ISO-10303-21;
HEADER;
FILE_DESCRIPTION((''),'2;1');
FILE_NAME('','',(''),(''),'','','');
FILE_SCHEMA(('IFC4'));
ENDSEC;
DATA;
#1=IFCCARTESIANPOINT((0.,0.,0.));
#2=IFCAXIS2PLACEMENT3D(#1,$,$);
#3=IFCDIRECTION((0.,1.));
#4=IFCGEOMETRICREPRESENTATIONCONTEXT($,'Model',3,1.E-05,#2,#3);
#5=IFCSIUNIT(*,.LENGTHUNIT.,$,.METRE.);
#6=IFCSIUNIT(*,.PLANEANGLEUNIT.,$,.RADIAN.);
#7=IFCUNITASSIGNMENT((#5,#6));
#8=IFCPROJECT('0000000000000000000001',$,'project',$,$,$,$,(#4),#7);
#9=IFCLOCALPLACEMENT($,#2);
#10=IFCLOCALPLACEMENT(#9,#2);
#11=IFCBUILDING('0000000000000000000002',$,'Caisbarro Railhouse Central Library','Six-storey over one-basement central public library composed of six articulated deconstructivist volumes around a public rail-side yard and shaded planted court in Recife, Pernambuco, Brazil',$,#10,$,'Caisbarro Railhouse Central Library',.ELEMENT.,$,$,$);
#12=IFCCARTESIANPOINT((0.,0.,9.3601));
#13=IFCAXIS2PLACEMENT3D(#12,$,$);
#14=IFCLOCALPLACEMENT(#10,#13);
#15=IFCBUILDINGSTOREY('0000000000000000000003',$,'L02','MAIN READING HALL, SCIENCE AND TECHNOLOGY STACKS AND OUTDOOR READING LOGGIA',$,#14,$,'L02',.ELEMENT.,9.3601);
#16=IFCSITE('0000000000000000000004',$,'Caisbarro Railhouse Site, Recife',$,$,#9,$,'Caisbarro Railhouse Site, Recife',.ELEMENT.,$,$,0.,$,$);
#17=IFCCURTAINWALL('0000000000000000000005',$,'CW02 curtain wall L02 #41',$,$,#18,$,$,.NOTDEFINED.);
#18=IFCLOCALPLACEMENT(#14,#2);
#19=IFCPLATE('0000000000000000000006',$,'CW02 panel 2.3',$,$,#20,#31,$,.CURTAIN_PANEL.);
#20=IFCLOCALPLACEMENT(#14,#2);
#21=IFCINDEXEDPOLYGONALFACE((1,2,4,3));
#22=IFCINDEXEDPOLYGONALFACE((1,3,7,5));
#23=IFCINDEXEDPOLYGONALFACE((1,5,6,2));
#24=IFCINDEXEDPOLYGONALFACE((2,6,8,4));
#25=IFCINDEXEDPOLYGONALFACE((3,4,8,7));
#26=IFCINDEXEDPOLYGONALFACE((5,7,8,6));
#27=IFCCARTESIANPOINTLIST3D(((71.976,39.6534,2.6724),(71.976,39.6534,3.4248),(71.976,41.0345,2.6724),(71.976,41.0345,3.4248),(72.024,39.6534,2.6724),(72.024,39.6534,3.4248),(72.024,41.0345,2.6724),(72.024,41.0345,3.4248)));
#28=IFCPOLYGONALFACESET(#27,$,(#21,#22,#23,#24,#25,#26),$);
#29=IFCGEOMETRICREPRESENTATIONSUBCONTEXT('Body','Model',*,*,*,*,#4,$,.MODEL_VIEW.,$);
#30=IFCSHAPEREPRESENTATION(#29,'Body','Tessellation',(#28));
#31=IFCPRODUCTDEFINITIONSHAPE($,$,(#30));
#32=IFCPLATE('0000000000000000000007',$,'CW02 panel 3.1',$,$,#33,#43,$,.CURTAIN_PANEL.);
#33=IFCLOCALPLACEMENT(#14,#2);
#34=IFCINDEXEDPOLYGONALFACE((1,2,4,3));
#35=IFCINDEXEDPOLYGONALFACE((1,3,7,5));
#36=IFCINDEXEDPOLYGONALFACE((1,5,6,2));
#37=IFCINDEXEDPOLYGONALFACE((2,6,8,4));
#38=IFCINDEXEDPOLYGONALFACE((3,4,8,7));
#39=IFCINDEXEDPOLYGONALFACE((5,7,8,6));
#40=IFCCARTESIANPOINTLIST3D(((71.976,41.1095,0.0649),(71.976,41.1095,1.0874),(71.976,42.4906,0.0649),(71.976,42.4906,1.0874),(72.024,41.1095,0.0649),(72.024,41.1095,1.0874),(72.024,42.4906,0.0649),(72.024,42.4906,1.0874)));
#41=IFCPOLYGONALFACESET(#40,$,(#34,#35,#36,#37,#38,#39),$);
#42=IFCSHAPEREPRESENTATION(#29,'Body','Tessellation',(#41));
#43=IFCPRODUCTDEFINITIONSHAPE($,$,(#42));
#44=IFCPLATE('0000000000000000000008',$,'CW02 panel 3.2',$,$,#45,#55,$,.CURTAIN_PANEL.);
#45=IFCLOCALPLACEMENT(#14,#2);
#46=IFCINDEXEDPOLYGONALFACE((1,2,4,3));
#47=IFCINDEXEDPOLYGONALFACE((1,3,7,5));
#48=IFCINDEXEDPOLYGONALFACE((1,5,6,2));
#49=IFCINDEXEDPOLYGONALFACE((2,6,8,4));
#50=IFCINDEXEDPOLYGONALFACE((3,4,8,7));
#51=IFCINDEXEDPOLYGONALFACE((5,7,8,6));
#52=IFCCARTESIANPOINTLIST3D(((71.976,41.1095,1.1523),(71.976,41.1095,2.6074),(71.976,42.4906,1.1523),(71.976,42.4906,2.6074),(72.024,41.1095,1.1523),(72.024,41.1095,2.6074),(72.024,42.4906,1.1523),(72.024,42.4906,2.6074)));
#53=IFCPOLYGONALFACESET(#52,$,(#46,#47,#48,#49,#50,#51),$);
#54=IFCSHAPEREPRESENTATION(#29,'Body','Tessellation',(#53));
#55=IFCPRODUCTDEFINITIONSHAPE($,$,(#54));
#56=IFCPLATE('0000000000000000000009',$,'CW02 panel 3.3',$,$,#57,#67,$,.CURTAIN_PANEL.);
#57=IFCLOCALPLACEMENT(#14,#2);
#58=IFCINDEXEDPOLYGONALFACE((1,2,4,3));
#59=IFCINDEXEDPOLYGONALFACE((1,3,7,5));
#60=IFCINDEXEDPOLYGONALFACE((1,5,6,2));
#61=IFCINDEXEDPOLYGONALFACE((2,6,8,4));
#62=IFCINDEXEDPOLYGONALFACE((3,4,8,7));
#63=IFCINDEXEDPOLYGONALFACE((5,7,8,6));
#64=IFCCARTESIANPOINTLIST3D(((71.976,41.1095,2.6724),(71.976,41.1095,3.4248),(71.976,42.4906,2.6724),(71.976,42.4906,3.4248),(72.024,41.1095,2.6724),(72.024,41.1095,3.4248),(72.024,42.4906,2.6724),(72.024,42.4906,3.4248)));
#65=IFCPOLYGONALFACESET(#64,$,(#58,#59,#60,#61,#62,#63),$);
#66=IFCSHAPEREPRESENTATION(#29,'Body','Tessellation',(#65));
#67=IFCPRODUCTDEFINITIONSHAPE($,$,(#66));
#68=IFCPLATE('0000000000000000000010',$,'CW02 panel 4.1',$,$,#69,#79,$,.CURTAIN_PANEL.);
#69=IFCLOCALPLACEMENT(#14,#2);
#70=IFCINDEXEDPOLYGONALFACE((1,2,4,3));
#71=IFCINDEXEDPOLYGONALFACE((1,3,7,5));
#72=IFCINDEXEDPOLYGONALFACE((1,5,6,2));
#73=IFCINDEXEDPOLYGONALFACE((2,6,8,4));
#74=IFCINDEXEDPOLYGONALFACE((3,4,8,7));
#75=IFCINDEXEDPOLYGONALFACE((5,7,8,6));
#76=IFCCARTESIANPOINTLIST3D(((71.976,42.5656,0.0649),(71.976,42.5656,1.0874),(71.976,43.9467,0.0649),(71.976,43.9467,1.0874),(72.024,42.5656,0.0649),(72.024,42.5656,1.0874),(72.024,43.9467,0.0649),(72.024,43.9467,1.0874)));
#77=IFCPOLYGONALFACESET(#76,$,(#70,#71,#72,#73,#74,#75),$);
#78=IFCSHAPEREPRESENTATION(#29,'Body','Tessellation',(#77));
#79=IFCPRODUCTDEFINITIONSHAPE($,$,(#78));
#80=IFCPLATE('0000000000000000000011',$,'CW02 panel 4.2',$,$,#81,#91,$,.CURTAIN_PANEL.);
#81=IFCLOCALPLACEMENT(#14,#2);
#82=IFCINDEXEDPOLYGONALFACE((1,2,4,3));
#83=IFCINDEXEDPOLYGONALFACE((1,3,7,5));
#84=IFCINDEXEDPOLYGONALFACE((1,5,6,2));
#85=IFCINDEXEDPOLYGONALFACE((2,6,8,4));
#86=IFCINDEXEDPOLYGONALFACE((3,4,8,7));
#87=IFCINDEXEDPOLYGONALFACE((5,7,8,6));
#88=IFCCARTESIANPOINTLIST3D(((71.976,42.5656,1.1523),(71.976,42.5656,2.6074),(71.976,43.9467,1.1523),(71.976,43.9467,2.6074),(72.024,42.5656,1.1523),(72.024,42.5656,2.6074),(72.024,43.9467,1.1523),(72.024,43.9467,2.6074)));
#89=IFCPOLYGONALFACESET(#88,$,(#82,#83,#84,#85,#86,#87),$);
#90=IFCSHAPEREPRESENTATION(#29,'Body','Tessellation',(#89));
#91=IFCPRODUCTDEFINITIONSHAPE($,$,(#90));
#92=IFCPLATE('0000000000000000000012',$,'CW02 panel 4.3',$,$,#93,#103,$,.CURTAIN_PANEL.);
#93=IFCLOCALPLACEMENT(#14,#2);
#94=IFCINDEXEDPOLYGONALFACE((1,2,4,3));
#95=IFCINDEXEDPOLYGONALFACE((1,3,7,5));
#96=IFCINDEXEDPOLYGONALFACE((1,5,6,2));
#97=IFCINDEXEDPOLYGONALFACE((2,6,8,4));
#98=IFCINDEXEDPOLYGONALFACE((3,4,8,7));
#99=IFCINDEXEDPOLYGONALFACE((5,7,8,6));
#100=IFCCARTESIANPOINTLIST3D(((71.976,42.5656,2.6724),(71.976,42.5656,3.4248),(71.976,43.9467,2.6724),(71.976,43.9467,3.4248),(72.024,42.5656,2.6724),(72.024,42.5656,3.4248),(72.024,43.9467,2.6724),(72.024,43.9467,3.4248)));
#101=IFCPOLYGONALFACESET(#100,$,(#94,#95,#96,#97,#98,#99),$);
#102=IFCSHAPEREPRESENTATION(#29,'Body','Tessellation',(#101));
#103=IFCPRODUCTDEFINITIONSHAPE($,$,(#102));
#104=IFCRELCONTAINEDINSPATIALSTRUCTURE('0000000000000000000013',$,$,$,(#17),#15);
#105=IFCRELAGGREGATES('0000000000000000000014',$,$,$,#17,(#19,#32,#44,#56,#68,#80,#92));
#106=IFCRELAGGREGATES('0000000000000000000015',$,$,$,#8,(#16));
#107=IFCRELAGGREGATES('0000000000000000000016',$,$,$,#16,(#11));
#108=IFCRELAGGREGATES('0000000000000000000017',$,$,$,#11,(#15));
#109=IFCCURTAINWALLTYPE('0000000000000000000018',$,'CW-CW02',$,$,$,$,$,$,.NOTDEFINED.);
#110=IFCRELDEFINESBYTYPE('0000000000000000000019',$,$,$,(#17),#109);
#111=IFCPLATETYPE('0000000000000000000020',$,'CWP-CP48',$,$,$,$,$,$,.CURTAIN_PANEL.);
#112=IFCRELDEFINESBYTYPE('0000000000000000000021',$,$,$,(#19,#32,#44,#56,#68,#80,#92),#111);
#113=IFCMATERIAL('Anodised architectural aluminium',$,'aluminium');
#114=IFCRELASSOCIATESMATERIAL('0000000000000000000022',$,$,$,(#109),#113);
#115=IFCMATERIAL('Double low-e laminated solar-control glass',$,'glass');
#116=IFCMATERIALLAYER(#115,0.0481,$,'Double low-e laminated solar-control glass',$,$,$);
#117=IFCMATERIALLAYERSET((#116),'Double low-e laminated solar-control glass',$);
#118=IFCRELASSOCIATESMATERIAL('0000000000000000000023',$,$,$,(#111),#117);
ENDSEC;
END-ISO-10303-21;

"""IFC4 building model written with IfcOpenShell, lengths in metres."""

from ifc_helpers import new_model, si_unit, direction, frame, origin, origin_2d, place, context, subcontext, project, spatial, rectangle, extrude, material, layer, layer_set, type_object, element, aggregate, save


model = new_model("IFC4")

# Units and contexts
model_context = context("Model", 3, precision=1e-05, world=origin(), true_north=direction((0.0, 1.0)))
body_context = subcontext(model_context, "Body", "Model", "MODEL_VIEW")
ifc_project = project(units=[si_unit("LENGTHUNIT", "METRE"), si_unit("PLANEANGLEUNIT", "RADIAN")], contexts=[model_context])

# Site, building, storey
site_placement = place(None, origin())
site = spatial("IfcSite", under=ifc_project, at=site_placement, Name="Caisbarro Railhouse Site, Recife", LongName="Caisbarro Railhouse Site, Recife", CompositionType="ELEMENT", RefElevation=0.0)
building_placement = place(site_placement, origin())
building = spatial("IfcBuilding", under=site, at=building_placement, Name="Caisbarro Railhouse Central Library", Description="Six-storey over one-basement central public library composed of six articulated deconstructivist volumes around a public rail-side yard and shaded planted court in Recife, Pernambuco, Brazil", LongName="Caisbarro Railhouse Central Library", CompositionType="ELEMENT")
storey_placement = place(building_placement, frame((0.0, 0.0, 9.3601)))
storey = spatial("IfcBuildingStorey", under=building, at=storey_placement, Name="L02", Description="MAIN READING HALL, SCIENCE AND TECHNOLOGY STACKS AND OUTDOOR READING LOGGIA", LongName="L02", CompositionType="ELEMENT", Elevation=9.3601)

# Curtain wall, plates
ifc_material_1 = material(Name="Anodised architectural aluminium", Category="aluminium")
curtain_wall_type = type_object("IfcCurtainWallType", Name="CW-CW02", PredefinedType="NOTDEFINED", material=ifc_material_1)
curtain_wall_placement = place(storey_placement, origin())
curtain_wall = element("IfcCurtainWall", 1, at=curtain_wall_placement, inside=storey, type_object=curtain_wall_type, Name="CW02 curtain wall L02 #41", PredefinedType="NOTDEFINED")
ifc_material_2 = material(Name="Double low-e laminated solar-control glass", Category="glass")
ifc_layer = layer(ifc_material_2, 0.0481, Name="Double low-e laminated solar-control glass")
ifc_layer_set = layer_set([ifc_layer], Name="Double low-e laminated solar-control glass")
plate_type = type_object("IfcPlateType", Name="CWP-CP48", PredefinedType="CURTAIN_PANEL", material=ifc_layer_set)
plate_1_placement = place(storey_placement, frame((72.0, 40.344, 2.6724), z_axis=(0.0, 0.0, 1.0), x_axis=(0.0, 1.0, 0.0)))
plate_1 = element("IfcPlate", 2, at=plate_1_placement, type_object=plate_type, Name="CW02 panel 2.3", PredefinedType="CURTAIN_PANEL", context=body_context, shape_type="SweptSolid", body=[
    extrude(rectangle(XDim=1.3811, YDim=0.0481, at=origin_2d()), origin(), (0.0, 0.0, 1.0), 0.7524),
])
plate_2_placement = place(storey_placement, frame((72.0, 41.8, 0.0649), z_axis=(0.0, 0.0, 1.0), x_axis=(0.0, 1.0, 0.0)))
plate_2 = element("IfcPlate", 3, at=plate_2_placement, type_object=plate_type, Name="CW02 panel 3.1", PredefinedType="CURTAIN_PANEL", context=body_context, shape_type="SweptSolid", body=[
    extrude(rectangle(XDim=1.3811, YDim=0.0481, at=origin_2d()), origin(), (0.0, 0.0, 1.0), 1.0225),
])
plate_3_placement = place(storey_placement, frame((72.0, 41.8, 1.1523), z_axis=(0.0, 0.0, 1.0), x_axis=(0.0, 1.0, 0.0)))
plate_3 = element("IfcPlate", 4, at=plate_3_placement, type_object=plate_type, Name="CW02 panel 3.2", PredefinedType="CURTAIN_PANEL", context=body_context, shape_type="SweptSolid", body=[
    extrude(rectangle(XDim=1.3811, YDim=0.0481, at=origin_2d()), origin(), (0.0, 0.0, 1.0), 1.4551),
])
plate_4_placement = place(storey_placement, frame((72.0, 41.8, 2.6724), z_axis=(0.0, 0.0, 1.0), x_axis=(0.0, 1.0, 0.0)))
plate_4 = element("IfcPlate", 5, at=plate_4_placement, type_object=plate_type, Name="CW02 panel 3.3", PredefinedType="CURTAIN_PANEL", context=body_context, shape_type="SweptSolid", body=[
    extrude(rectangle(XDim=1.3811, YDim=0.0481, at=origin_2d()), origin(), (0.0, 0.0, 1.0), 0.7524),
])
plate_5_placement = place(storey_placement, frame((72.0, 43.2561, 0.0649), z_axis=(0.0, 0.0, 1.0), x_axis=(0.0, 1.0, 0.0)))
plate_5 = element("IfcPlate", 6, at=plate_5_placement, type_object=plate_type, Name="CW02 panel 4.1", PredefinedType="CURTAIN_PANEL", context=body_context, shape_type="SweptSolid", body=[
    extrude(rectangle(XDim=1.3811, YDim=0.0481, at=origin_2d()), origin(), (0.0, 0.0, 1.0), 1.0225),
])
plate_6_placement = place(storey_placement, frame((72.0, 43.2561, 1.1523), z_axis=(0.0, 0.0, 1.0), x_axis=(0.0, 1.0, 0.0)))
plate_6 = element("IfcPlate", 7, at=plate_6_placement, type_object=plate_type, Name="CW02 panel 4.2", PredefinedType="CURTAIN_PANEL", context=body_context, shape_type="SweptSolid", body=[
    extrude(rectangle(XDim=1.3811, YDim=0.0481, at=origin_2d()), origin(), (0.0, 0.0, 1.0), 1.4551),
])
plate_7_placement = place(storey_placement, frame((72.0, 43.2561, 2.6724), z_axis=(0.0, 0.0, 1.0), x_axis=(0.0, 1.0, 0.0)))
plate_7 = element("IfcPlate", 8, at=plate_7_placement, type_object=plate_type, Name="CW02 panel 4.3", PredefinedType="CURTAIN_PANEL", context=body_context, shape_type="SweptSolid", body=[
    extrude(rectangle(XDim=1.3811, YDim=0.0481, at=origin_2d()), origin(), (0.0, 0.0, 1.0), 0.7524),
])
aggregate(curtain_wall, [plate_1, plate_2, plate_3, plate_4, plate_5, plate_6, plate_7])

save(model, "model.ifc")
